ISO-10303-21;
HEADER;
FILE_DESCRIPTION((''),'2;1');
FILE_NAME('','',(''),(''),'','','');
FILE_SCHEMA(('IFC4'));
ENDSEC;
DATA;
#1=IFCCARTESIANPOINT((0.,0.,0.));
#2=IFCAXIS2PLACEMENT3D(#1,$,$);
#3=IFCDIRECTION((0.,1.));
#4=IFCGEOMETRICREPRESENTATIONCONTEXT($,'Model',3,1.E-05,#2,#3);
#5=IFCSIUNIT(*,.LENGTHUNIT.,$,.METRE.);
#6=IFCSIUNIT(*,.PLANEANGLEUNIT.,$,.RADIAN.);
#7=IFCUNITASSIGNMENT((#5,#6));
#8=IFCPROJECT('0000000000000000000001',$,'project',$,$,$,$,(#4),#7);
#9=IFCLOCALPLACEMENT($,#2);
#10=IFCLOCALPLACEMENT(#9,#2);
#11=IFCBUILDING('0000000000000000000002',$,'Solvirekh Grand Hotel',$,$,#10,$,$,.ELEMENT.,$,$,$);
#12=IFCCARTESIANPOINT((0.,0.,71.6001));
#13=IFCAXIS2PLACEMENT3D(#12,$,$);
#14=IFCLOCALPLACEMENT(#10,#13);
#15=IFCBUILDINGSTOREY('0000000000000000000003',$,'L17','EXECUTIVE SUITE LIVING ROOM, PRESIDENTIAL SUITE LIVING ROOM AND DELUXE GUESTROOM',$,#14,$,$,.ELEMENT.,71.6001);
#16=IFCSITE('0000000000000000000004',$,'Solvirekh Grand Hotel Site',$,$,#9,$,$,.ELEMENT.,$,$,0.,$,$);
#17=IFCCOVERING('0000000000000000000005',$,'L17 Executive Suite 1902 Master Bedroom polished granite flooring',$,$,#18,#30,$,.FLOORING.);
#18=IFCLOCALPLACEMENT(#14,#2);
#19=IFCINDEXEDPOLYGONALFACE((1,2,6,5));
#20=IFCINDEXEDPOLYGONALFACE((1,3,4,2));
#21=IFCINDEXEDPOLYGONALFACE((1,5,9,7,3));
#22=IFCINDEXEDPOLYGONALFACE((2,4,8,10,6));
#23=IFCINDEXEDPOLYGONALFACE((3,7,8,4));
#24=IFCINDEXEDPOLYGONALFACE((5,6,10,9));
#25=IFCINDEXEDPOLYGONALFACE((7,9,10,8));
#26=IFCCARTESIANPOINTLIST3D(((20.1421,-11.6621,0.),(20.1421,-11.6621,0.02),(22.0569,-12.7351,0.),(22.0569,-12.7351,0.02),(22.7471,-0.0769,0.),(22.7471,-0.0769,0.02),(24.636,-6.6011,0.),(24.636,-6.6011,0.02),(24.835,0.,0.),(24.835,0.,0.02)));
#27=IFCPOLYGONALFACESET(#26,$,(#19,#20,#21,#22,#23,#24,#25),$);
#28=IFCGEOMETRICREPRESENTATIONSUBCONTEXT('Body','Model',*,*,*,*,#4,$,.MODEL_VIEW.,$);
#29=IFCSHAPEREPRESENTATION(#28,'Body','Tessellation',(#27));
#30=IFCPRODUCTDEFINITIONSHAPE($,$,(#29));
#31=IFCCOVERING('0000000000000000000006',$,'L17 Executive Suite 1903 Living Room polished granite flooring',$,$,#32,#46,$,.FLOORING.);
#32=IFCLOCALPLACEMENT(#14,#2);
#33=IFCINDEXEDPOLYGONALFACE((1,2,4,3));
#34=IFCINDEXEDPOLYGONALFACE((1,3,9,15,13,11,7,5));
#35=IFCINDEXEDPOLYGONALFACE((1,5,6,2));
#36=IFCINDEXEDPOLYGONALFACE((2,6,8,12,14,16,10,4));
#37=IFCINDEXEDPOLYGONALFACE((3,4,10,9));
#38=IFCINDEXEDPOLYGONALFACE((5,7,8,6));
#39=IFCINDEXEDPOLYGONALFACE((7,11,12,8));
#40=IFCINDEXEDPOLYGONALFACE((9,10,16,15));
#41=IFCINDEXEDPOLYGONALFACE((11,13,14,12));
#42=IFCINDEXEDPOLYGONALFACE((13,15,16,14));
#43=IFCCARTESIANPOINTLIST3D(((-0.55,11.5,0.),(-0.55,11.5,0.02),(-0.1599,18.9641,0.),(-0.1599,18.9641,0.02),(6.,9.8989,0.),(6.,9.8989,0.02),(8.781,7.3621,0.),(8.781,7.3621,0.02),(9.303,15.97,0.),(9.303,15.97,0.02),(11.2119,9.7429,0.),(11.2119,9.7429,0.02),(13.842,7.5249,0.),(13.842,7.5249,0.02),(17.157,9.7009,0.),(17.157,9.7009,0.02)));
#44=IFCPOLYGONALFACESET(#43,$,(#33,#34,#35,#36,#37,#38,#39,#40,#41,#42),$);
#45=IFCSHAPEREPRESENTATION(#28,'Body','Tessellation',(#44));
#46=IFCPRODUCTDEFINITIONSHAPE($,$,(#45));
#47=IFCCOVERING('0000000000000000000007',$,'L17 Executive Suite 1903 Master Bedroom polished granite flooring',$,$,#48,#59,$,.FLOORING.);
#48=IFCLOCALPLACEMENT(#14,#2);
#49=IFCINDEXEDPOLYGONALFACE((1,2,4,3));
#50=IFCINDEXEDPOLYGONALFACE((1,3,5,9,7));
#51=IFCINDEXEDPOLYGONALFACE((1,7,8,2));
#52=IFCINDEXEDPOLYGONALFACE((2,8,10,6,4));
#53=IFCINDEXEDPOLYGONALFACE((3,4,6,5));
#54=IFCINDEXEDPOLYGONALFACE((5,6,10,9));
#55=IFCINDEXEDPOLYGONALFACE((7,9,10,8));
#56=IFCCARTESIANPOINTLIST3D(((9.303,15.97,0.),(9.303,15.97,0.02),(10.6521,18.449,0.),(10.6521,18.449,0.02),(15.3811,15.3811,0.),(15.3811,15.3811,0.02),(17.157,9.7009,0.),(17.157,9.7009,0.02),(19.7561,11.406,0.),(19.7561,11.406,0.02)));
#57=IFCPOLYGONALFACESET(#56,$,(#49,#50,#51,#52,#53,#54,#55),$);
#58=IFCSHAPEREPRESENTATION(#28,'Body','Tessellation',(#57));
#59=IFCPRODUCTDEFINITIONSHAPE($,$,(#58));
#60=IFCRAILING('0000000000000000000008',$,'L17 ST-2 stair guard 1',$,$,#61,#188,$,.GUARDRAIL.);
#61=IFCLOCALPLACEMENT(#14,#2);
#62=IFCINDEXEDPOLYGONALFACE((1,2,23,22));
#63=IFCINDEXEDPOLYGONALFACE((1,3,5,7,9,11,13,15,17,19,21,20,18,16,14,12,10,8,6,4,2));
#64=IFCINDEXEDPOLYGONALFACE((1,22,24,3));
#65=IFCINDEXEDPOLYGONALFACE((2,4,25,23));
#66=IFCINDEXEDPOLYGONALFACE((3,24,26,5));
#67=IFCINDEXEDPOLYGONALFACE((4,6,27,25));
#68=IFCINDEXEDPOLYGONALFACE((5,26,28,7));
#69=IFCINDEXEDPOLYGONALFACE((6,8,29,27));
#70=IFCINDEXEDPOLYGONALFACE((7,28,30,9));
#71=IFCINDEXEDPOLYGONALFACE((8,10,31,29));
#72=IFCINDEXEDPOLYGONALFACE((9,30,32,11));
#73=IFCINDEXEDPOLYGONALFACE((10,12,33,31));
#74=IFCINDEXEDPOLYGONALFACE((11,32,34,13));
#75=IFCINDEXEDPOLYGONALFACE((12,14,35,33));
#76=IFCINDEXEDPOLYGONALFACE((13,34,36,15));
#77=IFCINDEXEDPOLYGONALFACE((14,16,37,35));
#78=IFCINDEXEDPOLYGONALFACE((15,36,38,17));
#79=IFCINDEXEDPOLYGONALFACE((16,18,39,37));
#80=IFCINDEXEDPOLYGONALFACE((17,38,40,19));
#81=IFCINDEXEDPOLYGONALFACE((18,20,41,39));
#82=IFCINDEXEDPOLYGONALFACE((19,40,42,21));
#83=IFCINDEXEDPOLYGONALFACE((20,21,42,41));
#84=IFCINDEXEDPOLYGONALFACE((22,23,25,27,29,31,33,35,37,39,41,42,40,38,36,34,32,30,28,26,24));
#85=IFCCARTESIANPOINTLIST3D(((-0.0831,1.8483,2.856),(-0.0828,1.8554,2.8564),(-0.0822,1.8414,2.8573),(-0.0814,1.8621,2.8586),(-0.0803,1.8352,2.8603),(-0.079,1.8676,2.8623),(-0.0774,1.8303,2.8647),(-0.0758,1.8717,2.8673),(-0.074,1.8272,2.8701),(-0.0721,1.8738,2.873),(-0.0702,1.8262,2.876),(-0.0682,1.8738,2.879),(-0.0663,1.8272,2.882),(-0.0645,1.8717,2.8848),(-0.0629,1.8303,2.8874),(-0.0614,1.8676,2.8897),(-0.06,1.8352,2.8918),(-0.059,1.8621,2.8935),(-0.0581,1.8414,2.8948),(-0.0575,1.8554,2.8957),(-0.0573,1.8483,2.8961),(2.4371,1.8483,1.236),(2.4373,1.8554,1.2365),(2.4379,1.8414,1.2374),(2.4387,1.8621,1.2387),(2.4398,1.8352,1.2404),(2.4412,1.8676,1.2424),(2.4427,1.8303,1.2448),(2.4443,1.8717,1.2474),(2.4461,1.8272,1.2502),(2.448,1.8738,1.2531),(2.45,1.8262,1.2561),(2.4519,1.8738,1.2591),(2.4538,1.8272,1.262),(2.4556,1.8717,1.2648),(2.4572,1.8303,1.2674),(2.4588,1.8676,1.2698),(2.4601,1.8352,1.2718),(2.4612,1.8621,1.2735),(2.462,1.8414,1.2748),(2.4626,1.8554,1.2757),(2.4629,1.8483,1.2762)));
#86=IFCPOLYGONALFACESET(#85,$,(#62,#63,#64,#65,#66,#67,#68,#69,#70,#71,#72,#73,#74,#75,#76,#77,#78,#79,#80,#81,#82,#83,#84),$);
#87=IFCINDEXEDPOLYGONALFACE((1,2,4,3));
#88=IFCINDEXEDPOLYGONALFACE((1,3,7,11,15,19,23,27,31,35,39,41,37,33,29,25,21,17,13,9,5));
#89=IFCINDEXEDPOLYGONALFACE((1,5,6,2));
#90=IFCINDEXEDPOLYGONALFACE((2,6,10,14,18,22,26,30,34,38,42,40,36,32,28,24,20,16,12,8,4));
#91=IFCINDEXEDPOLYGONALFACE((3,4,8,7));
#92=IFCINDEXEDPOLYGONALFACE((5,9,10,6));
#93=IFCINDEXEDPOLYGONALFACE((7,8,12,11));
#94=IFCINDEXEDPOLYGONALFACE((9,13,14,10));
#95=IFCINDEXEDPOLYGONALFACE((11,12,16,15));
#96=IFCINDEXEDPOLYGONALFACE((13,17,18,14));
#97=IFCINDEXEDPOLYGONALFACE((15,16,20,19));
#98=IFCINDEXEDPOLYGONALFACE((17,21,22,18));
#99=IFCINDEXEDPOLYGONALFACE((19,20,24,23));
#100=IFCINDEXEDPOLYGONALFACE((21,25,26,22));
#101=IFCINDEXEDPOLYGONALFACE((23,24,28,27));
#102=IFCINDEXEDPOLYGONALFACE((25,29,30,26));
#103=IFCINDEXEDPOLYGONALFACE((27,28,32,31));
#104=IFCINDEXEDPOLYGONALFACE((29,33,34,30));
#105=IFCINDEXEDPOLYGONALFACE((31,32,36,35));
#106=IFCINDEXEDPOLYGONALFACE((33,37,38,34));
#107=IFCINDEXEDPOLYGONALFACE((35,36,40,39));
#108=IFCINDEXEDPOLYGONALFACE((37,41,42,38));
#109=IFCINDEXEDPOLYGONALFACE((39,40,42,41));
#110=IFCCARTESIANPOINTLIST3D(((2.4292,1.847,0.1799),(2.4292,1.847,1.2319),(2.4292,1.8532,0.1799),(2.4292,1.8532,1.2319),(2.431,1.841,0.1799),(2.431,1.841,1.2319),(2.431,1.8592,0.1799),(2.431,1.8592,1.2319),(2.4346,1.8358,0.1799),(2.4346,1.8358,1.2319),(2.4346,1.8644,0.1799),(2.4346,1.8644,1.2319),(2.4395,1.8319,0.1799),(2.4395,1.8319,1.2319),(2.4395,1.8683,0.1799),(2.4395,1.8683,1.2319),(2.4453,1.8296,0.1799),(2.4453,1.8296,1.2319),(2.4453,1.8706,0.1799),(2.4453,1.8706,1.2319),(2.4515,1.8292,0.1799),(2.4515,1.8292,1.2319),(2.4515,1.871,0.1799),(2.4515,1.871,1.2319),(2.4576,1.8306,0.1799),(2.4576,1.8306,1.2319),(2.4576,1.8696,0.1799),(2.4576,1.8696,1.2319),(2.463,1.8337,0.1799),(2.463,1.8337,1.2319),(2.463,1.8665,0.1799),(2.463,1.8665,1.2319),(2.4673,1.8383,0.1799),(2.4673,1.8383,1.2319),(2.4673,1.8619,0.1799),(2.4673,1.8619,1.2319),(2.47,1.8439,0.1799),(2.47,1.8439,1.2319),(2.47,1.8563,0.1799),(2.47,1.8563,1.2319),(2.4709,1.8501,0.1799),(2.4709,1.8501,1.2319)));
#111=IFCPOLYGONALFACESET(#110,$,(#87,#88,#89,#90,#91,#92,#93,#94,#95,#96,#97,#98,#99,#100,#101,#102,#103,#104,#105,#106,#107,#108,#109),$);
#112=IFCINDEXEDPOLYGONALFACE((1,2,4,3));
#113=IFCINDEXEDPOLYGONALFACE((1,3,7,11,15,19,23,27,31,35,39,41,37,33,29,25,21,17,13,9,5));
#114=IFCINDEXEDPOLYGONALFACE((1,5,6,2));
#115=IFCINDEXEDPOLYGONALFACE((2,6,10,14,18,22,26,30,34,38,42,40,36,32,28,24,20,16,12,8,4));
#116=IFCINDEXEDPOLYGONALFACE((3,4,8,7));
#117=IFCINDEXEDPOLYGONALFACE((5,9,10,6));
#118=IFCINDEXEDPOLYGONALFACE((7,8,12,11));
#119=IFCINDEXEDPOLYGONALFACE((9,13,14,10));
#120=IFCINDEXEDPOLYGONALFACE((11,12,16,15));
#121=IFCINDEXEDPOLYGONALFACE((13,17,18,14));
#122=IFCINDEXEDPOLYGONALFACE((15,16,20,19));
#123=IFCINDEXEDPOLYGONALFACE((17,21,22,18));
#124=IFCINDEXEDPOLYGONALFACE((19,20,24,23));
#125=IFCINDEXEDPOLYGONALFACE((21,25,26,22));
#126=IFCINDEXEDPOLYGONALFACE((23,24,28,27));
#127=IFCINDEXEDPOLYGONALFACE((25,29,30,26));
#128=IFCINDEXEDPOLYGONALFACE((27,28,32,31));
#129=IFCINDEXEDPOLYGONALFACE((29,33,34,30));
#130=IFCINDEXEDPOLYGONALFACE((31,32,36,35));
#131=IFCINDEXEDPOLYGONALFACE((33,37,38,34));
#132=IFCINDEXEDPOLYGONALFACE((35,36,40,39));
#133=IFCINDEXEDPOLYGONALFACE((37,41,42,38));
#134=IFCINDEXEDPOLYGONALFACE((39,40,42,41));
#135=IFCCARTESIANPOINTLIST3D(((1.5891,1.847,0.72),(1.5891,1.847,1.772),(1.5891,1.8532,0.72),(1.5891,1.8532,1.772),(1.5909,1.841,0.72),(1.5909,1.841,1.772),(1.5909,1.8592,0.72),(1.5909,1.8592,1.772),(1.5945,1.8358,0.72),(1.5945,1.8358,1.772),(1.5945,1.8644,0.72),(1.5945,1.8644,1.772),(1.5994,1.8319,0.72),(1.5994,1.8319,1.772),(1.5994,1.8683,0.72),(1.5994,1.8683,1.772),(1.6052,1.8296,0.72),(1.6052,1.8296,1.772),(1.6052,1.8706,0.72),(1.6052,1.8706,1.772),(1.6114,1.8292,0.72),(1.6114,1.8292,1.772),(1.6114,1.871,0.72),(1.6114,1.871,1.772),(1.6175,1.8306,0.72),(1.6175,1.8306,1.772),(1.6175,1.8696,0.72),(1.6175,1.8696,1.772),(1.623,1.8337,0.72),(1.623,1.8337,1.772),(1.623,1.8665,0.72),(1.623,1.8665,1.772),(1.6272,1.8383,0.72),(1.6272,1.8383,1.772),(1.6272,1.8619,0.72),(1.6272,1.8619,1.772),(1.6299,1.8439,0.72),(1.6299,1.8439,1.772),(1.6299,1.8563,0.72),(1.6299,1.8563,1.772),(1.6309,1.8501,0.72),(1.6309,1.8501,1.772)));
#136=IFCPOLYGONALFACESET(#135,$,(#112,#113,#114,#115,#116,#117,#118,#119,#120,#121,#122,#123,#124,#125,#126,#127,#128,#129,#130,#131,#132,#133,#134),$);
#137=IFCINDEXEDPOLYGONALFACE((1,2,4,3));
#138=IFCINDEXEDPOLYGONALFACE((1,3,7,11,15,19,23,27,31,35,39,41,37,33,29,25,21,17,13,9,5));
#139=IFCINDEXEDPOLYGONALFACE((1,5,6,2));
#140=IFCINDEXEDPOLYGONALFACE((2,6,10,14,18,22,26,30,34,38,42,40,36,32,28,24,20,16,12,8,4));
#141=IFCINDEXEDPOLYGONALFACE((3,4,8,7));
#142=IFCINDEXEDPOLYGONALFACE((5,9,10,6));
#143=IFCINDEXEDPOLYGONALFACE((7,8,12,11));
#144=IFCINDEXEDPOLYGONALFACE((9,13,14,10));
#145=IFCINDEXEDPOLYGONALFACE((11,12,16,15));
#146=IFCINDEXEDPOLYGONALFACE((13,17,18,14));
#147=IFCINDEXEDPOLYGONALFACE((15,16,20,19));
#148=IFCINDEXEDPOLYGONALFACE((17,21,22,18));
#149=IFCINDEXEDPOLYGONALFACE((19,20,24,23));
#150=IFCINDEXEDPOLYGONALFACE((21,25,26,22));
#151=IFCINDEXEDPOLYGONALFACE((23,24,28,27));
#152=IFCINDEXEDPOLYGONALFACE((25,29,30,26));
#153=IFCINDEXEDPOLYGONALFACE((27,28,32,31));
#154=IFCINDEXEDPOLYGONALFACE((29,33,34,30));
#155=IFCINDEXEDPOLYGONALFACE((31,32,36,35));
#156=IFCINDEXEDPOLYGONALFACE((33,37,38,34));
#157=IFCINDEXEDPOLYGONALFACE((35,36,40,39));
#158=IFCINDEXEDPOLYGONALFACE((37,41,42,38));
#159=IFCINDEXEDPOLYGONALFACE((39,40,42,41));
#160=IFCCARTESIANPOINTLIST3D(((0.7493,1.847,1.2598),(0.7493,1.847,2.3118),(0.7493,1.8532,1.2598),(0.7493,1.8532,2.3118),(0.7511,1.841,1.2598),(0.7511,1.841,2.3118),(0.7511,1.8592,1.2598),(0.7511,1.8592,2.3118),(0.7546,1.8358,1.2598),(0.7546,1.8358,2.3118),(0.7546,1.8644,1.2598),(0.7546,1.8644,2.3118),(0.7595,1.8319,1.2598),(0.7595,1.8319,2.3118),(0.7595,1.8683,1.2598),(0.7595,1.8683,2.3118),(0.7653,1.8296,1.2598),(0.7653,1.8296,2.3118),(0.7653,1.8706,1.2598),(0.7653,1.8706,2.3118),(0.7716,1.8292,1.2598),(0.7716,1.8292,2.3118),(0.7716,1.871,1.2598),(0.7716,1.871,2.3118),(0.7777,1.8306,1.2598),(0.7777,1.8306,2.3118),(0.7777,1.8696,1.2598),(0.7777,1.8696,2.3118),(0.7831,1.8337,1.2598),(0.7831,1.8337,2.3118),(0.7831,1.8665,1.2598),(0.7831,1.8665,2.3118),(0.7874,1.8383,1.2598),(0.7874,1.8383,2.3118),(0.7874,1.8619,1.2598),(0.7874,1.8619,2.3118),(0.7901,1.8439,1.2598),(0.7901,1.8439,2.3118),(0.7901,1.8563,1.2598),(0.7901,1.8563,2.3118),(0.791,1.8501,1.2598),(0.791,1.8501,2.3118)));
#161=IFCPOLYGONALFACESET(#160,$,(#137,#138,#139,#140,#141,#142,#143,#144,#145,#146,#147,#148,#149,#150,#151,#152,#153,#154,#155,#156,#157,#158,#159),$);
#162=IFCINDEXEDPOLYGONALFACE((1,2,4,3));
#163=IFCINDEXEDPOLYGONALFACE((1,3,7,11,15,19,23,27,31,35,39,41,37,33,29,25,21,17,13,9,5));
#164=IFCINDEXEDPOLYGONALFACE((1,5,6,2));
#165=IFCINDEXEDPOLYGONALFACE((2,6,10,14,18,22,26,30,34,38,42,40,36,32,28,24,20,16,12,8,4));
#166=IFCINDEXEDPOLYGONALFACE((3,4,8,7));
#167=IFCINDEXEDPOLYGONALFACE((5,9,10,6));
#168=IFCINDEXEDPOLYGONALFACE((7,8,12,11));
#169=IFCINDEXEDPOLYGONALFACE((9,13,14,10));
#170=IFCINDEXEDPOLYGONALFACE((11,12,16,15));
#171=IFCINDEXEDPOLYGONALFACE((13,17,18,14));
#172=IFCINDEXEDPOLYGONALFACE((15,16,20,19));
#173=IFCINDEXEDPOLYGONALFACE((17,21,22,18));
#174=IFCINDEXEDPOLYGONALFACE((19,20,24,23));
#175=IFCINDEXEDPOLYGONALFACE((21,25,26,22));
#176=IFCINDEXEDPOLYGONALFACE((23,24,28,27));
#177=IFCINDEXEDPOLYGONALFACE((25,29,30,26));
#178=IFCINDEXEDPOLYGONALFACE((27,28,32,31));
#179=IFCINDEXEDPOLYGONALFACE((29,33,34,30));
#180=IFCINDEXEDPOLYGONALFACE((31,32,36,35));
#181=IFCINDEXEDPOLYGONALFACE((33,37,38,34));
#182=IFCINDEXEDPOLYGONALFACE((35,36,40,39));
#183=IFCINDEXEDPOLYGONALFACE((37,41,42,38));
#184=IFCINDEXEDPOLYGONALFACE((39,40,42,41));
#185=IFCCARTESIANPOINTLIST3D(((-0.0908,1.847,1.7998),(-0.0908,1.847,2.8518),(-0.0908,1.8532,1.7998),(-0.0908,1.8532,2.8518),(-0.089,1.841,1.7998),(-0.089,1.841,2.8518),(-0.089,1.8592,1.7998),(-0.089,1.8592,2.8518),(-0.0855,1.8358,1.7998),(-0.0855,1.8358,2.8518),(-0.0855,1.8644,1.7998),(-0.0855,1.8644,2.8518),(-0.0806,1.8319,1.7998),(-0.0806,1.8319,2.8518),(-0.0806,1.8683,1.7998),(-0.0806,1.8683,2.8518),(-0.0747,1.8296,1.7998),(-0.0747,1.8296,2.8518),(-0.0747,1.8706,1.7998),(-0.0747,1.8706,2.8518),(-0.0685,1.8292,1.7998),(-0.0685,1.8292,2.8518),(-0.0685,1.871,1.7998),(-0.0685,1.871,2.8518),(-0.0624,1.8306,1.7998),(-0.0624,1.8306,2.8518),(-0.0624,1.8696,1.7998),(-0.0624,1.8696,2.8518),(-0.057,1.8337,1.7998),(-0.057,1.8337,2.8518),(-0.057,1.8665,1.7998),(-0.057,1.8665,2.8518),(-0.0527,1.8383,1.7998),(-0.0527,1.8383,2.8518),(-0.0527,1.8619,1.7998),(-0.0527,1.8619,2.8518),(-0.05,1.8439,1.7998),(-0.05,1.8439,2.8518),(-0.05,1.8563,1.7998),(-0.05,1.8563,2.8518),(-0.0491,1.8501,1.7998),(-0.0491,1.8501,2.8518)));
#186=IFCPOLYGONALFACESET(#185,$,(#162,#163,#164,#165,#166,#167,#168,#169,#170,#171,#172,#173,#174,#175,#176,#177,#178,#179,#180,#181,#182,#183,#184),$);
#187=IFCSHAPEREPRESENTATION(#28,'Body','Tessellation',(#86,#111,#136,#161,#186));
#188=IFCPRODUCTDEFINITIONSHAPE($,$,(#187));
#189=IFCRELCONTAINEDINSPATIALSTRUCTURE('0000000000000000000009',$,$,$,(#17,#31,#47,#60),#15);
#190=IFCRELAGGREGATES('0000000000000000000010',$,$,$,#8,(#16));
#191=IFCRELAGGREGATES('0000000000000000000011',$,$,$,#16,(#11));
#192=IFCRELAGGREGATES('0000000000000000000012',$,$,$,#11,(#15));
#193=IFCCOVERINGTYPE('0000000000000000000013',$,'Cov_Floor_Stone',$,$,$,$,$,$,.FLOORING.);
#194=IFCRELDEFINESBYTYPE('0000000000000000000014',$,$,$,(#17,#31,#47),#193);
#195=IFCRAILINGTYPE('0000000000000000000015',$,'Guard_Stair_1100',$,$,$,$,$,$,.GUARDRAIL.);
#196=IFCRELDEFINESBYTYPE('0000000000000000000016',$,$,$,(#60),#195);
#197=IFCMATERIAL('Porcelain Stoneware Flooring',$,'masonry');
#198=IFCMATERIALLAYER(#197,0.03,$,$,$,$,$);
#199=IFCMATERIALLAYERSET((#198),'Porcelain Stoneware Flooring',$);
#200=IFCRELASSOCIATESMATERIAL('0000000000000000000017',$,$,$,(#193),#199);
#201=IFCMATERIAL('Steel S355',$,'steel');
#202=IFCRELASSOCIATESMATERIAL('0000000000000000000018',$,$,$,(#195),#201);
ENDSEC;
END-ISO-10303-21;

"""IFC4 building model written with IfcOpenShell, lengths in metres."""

from ifc_helpers import new_model, si_unit, direction, frame, origin, origin_2d, place, context, subcontext, project, spatial, polyline, circle, outline, extrude, material, layer, layer_set, type_object, element, save


model = new_model("IFC4")

# Units and contexts
model_context = context("Model", 3, precision=1e-05, world=origin(), true_north=direction((0.0, 1.0)))
body_context = subcontext(model_context, "Body", "Model", "MODEL_VIEW")
ifc_project = project(units=[si_unit("LENGTHUNIT", "METRE"), si_unit("PLANEANGLEUNIT", "RADIAN")], contexts=[model_context])

# Site, building, storey
site_placement = place(None, origin())
site = spatial("IfcSite", under=ifc_project, at=site_placement, Name="Solvirekh Grand Hotel Site", CompositionType="ELEMENT", RefElevation=0.0)
building_placement = place(site_placement, origin())
building = spatial("IfcBuilding", under=site, at=building_placement, Name="Solvirekh Grand Hotel", CompositionType="ELEMENT")
storey_placement = place(building_placement, frame((0.0, 0.0, 71.6001)))
storey = spatial("IfcBuildingStorey", under=building, at=storey_placement, Name="L17", Description="EXECUTIVE SUITE LIVING ROOM, PRESIDENTIAL SUITE LIVING ROOM AND DELUXE GUESTROOM", CompositionType="ELEMENT", Elevation=71.6001)

# Shared definitions
ifc_material_1 = material(Name="Steel S355", Category="steel")

# Coverings
ifc_material_2 = material(Name="Porcelain Stoneware Flooring", Category="masonry")
ifc_layer_1 = layer(ifc_material_2, 0.03)
ifc_layer_set_1 = layer_set([ifc_layer_1], Name="Porcelain Stoneware Flooring")
covering_type_1 = type_object("IfcCoveringType", Name="Cov_Floor_Stone", PredefinedType="FLOORING", material=ifc_layer_set_1)
covering_1_placement = place(storey_placement, origin())
element("IfcCovering", 1, at=covering_1_placement, inside=storey, type_object=covering_type_1, Name="L17 Executive Suite 1902 Master Bedroom polished granite flooring", PredefinedType="FLOORING", context=body_context, shape_type="SweptSolid", body=[
    extrude(outline(polyline([(22.0569, -12.7351), (24.636, -6.6011), (24.835, 0.0), (22.7471, -0.0769), (20.1421, -11.6621), (22.0569, -12.7351)])), origin(), (0.0, 0.0, 1.0), 0.02),
])
covering_2_placement = place(storey_placement, origin())
element("IfcCovering", 2, at=covering_2_placement, inside=storey, type_object=covering_type_1, Name="L17 Executive Suite 1903 Living Room polished granite flooring", PredefinedType="FLOORING", context=body_context, shape_type="SweptSolid", body=[
    extrude(outline(polyline([(11.2119, 9.7429), (13.842, 7.5249), (17.157, 9.7009), (9.303, 15.97), (-0.1599, 18.9641), (-0.55, 11.5), (6.0, 9.8989), (8.781, 7.3621), (11.2119, 9.7429)])), origin(), (0.0, 0.0, 1.0), 0.02),
])
covering_3_placement = place(storey_placement, origin())
element("IfcCovering", 3, at=covering_3_placement, inside=storey, type_object=covering_type_1, Name="L17 Executive Suite 1903 Master Bedroom polished granite flooring", PredefinedType="FLOORING", context=body_context, shape_type="SweptSolid", body=[
    extrude(outline(polyline([(19.7561, 11.406), (15.3811, 15.3811), (10.6521, 18.449), (9.303, 15.97), (17.157, 9.7009), (19.7561, 11.406)])), origin(), (0.0, 0.0, 1.0), 0.02),
])

# Railing
railing_type_1 = type_object("IfcRailingType", Name="Guard_Stair_1100", PredefinedType="GUARDRAIL", material=ifc_material_1)
railing_1_placement = place(storey_placement, frame((2.45, 1.8501, 0.1799)))
element("IfcRailing", 4, at=railing_1_placement, inside=storey, type_object=railing_type_1, Name="L17 ST-2 stair guard 1", PredefinedType="GUARDRAIL", context=body_context, shape_type="SweptSolid", body=[
    extrude(circle(Radius=0.0239, at=origin_2d()), frame((0.0, 0.0, 1.0762), z_axis=(-0.8412, 0.0, 0.540725), x_axis=(0.0, -1.0, 0.0)), (0.0, 0.0, 1.0), 2.9958),
    extrude(circle(Radius=0.021, at=origin_2d()), origin(), (0.0, 0.0, 1.0), 1.052),
    extrude(circle(Radius=0.021, at=origin_2d()), frame((-0.8401, 0.0, 0.54)), (0.0, 0.0, 1.0), 1.052),
    extrude(circle(Radius=0.021, at=origin_2d()), frame((-1.6799, 0.0, 1.0798)), (0.0, 0.0, 1.0), 1.052),
    extrude(circle(Radius=0.021, at=origin_2d()), frame((-2.52, 0.0, 1.6199)), (0.0, 0.0, 1.0), 1.052),
])

save(model, "model.ifc")
